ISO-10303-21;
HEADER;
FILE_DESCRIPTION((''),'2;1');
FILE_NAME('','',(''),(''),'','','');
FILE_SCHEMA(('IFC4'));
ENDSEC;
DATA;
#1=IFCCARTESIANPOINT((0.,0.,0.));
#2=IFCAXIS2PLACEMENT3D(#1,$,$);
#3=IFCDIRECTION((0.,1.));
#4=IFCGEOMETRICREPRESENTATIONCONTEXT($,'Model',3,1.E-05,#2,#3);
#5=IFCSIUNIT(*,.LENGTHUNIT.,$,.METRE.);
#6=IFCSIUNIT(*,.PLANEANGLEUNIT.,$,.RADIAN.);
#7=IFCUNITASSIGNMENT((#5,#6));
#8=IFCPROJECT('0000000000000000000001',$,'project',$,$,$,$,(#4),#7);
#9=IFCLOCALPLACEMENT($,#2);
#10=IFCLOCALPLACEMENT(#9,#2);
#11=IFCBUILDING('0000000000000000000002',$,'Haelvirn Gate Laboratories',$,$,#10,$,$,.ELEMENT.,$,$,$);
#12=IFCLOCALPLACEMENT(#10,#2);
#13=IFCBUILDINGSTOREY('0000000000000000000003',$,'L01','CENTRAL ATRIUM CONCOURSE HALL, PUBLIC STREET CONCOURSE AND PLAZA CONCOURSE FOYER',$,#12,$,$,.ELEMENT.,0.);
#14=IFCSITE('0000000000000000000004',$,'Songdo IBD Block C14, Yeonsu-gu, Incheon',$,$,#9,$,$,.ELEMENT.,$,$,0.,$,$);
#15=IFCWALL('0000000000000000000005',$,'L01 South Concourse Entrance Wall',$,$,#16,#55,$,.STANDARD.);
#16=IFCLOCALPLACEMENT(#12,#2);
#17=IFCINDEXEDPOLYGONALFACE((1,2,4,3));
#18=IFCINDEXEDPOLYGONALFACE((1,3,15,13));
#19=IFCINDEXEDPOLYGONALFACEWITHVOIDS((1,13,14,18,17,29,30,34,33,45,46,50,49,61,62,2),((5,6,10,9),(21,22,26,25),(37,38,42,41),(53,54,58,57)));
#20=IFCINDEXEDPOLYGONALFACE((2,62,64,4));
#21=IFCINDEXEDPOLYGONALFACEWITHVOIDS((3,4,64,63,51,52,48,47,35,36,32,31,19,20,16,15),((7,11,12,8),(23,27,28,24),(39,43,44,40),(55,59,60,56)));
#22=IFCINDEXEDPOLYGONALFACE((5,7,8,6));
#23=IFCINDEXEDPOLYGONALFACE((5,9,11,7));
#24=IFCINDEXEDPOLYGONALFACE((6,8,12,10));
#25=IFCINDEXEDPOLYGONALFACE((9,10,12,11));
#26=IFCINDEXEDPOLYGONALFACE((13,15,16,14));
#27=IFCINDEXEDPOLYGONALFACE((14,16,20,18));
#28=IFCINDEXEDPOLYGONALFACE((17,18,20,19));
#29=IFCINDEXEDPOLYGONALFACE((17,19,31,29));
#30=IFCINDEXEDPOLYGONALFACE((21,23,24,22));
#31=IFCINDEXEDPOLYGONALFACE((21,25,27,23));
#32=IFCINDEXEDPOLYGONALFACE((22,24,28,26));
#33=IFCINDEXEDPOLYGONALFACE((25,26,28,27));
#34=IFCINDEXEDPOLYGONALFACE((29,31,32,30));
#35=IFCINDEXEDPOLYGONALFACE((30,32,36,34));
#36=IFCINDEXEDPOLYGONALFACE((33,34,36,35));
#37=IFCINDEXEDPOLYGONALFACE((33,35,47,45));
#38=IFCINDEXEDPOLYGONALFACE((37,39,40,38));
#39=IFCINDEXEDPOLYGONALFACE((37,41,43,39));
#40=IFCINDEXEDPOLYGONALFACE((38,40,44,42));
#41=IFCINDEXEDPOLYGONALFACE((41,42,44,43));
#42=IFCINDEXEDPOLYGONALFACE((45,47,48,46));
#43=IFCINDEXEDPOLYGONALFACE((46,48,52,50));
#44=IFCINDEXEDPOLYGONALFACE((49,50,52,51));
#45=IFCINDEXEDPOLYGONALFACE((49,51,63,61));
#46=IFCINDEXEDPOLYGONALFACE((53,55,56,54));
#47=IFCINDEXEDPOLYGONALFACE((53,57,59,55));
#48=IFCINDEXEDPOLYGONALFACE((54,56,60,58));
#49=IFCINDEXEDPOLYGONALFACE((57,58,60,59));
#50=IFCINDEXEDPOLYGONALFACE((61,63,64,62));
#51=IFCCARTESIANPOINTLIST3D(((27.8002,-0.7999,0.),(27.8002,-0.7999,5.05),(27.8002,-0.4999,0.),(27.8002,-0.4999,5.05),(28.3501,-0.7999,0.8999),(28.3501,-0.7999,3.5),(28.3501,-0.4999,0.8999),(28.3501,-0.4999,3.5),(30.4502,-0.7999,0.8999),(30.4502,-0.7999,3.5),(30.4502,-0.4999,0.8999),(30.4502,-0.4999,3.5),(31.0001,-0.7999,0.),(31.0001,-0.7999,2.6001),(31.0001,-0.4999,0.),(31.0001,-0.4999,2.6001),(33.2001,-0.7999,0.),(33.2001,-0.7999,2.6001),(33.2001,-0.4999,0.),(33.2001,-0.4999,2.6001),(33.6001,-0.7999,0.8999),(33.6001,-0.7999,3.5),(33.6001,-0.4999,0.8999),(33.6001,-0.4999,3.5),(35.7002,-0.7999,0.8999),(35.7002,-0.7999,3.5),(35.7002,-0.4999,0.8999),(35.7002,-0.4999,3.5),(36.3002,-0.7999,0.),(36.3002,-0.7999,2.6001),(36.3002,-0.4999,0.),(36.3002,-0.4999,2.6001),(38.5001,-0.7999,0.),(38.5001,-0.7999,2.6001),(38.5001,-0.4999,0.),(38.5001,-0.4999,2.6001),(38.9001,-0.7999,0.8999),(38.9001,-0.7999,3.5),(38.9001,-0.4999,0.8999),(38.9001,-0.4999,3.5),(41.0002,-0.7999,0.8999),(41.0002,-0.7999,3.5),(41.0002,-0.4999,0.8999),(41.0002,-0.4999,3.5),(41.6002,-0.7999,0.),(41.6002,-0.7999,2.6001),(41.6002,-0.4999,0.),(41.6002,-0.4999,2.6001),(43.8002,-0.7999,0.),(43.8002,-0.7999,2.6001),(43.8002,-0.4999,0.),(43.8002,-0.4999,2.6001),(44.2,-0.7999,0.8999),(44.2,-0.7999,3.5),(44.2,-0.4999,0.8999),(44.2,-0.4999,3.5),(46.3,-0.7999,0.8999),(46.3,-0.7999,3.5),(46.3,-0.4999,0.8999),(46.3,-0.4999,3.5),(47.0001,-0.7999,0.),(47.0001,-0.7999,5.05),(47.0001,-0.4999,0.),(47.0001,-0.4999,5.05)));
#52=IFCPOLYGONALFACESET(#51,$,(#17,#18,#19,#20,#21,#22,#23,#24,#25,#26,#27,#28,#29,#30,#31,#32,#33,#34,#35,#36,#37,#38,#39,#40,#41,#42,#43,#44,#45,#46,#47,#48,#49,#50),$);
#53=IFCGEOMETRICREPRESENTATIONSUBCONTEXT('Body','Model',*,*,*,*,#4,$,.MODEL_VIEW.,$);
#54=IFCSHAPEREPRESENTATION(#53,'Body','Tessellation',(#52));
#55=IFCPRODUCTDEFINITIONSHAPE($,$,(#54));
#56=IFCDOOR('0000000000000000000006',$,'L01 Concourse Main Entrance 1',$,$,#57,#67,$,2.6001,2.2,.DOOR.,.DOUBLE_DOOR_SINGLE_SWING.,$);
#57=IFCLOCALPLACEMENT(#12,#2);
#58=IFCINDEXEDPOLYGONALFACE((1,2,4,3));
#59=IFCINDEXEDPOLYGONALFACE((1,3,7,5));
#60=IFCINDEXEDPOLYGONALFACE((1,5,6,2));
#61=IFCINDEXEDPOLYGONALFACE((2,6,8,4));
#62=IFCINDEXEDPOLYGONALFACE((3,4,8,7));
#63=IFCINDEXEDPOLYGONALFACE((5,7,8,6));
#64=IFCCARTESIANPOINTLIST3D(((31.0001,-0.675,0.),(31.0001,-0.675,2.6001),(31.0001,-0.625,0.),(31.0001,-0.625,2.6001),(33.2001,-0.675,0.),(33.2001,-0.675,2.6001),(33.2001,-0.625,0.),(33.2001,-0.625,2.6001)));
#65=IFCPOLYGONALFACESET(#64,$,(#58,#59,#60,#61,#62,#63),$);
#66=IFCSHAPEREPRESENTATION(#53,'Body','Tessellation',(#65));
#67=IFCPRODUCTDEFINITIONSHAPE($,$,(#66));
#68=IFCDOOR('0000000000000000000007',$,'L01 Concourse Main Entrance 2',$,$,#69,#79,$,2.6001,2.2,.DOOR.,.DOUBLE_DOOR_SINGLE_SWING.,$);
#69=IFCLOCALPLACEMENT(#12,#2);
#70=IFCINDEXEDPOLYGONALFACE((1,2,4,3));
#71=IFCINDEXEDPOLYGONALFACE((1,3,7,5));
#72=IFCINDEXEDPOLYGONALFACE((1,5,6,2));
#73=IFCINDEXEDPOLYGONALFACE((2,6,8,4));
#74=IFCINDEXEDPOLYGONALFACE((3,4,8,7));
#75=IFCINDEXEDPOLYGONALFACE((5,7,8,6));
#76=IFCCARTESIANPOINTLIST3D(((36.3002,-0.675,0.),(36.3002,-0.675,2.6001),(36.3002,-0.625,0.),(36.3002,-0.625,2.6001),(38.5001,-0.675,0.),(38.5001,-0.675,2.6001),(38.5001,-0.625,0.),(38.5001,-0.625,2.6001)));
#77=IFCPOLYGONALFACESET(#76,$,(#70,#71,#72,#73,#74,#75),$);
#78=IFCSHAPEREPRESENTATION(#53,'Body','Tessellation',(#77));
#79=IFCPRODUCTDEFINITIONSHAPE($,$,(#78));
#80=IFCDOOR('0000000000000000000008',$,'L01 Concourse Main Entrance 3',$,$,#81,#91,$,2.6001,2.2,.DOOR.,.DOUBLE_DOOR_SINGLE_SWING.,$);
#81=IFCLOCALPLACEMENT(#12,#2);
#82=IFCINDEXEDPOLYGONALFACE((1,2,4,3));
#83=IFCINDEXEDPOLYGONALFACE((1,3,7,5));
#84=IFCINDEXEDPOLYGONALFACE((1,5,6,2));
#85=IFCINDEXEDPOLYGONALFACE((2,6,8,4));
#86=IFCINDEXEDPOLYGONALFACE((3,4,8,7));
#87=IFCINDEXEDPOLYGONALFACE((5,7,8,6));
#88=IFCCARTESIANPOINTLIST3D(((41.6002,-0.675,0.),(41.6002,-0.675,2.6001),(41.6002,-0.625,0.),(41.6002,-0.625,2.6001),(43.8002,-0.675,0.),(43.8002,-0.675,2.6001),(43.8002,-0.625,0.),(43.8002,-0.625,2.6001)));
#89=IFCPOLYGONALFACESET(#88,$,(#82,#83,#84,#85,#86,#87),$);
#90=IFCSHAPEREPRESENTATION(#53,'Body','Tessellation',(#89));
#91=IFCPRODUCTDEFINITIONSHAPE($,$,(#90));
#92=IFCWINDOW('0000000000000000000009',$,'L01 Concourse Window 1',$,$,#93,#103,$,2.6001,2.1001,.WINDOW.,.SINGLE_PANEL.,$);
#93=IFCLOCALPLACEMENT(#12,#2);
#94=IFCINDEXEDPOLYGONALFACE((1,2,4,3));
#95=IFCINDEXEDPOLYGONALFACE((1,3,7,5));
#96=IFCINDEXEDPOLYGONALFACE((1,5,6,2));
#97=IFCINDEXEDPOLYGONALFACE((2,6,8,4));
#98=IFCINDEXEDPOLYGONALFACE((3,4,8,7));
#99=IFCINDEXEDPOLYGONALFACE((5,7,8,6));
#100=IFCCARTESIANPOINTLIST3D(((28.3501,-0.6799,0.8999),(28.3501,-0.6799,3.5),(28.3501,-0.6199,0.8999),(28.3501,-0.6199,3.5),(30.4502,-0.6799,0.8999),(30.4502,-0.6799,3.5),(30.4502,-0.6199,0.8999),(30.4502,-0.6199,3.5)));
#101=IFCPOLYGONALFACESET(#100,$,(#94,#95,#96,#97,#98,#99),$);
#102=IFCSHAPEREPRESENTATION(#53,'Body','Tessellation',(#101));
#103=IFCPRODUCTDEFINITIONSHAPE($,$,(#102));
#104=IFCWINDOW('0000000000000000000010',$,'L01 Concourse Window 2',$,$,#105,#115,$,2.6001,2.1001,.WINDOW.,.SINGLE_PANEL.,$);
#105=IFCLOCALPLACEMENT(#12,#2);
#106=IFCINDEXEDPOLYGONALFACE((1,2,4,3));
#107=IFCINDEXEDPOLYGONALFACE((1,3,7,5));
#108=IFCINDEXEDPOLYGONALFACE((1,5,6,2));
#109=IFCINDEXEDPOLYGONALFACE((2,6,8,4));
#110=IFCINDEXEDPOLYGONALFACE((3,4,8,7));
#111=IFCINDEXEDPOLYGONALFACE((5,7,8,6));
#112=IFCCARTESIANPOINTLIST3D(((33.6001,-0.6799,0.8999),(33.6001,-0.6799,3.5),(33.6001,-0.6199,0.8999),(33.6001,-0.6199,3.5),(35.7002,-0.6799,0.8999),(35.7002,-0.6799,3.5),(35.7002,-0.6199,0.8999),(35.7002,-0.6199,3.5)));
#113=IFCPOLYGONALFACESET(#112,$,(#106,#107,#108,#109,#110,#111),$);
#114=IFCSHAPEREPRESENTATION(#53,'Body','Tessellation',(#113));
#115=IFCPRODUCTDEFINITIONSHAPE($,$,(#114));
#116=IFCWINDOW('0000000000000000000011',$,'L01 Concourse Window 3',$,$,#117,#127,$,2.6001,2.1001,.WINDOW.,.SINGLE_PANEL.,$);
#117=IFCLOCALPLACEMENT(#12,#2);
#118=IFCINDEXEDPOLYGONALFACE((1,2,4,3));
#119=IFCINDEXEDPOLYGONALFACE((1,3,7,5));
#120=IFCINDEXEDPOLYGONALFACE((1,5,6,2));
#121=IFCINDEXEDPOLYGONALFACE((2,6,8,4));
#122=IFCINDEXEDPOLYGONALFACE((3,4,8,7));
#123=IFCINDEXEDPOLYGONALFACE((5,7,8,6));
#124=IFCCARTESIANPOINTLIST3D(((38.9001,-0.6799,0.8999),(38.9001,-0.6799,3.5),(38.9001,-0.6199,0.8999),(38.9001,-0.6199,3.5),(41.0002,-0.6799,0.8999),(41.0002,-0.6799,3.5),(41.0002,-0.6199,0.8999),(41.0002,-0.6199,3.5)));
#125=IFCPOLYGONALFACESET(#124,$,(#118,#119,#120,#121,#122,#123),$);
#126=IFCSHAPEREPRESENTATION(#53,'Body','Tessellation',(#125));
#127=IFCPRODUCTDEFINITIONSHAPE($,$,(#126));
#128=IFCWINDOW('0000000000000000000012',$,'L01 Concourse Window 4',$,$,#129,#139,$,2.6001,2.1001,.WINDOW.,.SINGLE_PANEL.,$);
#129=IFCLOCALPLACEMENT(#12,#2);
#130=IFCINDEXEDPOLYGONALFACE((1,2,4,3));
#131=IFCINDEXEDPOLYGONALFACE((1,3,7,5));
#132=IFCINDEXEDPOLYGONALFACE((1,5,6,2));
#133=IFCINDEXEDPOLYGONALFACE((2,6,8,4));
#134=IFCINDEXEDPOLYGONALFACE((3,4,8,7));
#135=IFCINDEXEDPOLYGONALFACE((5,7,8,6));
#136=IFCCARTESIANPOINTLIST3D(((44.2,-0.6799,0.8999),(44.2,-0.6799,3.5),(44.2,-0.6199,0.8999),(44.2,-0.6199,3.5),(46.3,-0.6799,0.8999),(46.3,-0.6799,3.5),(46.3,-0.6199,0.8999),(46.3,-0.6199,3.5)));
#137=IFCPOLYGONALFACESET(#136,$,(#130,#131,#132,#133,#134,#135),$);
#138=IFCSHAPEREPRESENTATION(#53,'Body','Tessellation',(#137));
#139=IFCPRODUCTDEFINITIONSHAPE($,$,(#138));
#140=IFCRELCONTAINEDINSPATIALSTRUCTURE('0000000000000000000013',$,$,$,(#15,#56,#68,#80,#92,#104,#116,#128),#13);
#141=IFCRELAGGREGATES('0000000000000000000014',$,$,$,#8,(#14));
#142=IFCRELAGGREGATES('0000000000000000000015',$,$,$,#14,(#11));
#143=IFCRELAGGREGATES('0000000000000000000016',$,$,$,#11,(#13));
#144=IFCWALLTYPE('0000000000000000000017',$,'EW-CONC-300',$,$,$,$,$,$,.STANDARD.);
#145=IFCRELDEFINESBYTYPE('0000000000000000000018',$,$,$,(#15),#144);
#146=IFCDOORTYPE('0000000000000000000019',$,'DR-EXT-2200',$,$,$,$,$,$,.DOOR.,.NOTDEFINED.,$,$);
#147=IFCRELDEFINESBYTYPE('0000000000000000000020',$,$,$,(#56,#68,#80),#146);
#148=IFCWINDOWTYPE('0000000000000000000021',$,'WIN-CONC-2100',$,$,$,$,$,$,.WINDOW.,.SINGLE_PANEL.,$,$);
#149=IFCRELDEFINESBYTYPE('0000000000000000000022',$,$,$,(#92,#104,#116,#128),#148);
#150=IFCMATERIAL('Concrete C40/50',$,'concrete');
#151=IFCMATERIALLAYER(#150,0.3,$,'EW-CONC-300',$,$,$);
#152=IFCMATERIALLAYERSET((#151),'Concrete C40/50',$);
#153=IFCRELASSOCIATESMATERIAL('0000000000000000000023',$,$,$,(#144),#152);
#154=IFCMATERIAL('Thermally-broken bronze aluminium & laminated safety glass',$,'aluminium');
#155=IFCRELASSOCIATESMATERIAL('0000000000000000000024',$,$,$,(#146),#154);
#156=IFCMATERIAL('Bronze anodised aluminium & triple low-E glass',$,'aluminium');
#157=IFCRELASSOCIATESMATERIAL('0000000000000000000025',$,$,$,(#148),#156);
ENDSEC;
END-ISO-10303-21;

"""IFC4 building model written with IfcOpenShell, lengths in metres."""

from ifc_helpers import new_model, si_unit, direction, frame, frame_2d, origin, place, context, subcontext, project, spatial, rectangle, extrude, source, transform, mapped, material, layer, layer_set, type_object, type_shapes, element, fill, save


model = new_model("IFC4")

# Units and contexts
model_context = context("Model", 3, precision=1e-05, world=origin(), true_north=direction((0.0, 1.0)))
body_context = subcontext(model_context, "Body", "Model", "MODEL_VIEW")
ifc_project = project(units=[si_unit("LENGTHUNIT", "METRE"), si_unit("PLANEANGLEUNIT", "RADIAN")], contexts=[model_context])

# Site, building, storey
site_placement = place(None, origin())
site = spatial("IfcSite", under=ifc_project, at=site_placement, Name="Songdo IBD Block C14, Yeonsu-gu, Incheon", CompositionType="ELEMENT", RefElevation=0.0)
building_placement = place(site_placement, origin())
building = spatial("IfcBuilding", under=site, at=building_placement, Name="Haelvirn Gate Laboratories", CompositionType="ELEMENT")
storey_placement = place(building_placement, origin())
storey = spatial("IfcBuildingStorey", under=building, at=storey_placement, Name="L01", Description="CENTRAL ATRIUM CONCOURSE HALL, PUBLIC STREET CONCOURSE AND PLAZA CONCOURSE FOYER", CompositionType="ELEMENT", Elevation=0.0)

# Wall, openings, doors, windows
ifc_material_1 = material(Name="Concrete C40/50", Category="concrete")
ifc_layer_1 = layer(ifc_material_1, 0.3, Name="EW-CONC-300")
ifc_layer_set_1 = layer_set([ifc_layer_1], Name="Concrete C40/50")
wall_type_1 = type_object("IfcWallType", Name="EW-CONC-300", PredefinedType="STANDARD", material=ifc_layer_set_1)
wall_1_placement = place(storey_placement, frame((27.8, -0.6499, 0.0), z_axis=(0.0, 0.0, 1.0), x_axis=(1.0, 0.0, 0.0)))
wall_1 = element("IfcWall", 1, at=wall_1_placement, inside=storey, type_object=wall_type_1, Name="L01 South Concourse Entrance Wall", PredefinedType="STANDARD", context=body_context, shape_type="SweptSolid", body=[
    extrude(rectangle(XDim=19.2, YDim=0.3, at=frame_2d((9.6001, 0.0))), origin(), (0.0, 0.0, 1.0), 5.05),
])
opening_1_placement = place(wall_1_placement, frame((3.2, 0.0, 0.0)))
opening_1 = element("IfcOpeningElement", 2, at=opening_1_placement, cuts=wall_1, PredefinedType="OPENING", context=body_context, shape_type="SweptSolid", body=[
    extrude(rectangle(XDim=2.2, YDim=2.6001, at=frame_2d((1.1001, 1.3))), frame((0.0, 0.1602, 0.0), z_axis=(0.0, -1.0, 0.0), x_axis=(1.0, 0.0, 0.0)), (0.0, 0.0, 1.0), 0.3201),
])
opening_2_placement = place(wall_1_placement, frame((8.5, 0.0, 0.0)))
opening_2 = element("IfcOpeningElement", 3, at=opening_2_placement, cuts=wall_1, PredefinedType="OPENING", context=body_context, shape_type="SweptSolid", body=[
    extrude(rectangle(XDim=2.2, YDim=2.6001, at=frame_2d((1.1001, 1.3))), frame((0.0, 0.1602, 0.0), z_axis=(0.0, -1.0, 0.0), x_axis=(1.0, 0.0, 0.0)), (0.0, 0.0, 1.0), 0.3201),
])
opening_3_placement = place(wall_1_placement, frame((13.8, 0.0, 0.0)))
opening_3 = element("IfcOpeningElement", 4, at=opening_3_placement, cuts=wall_1, PredefinedType="OPENING", context=body_context, shape_type="SweptSolid", body=[
    extrude(rectangle(XDim=2.2, YDim=2.6001, at=frame_2d((1.1001, 1.3))), frame((0.0, 0.1602, 0.0), z_axis=(0.0, -1.0, 0.0), x_axis=(1.0, 0.0, 0.0)), (0.0, 0.0, 1.0), 0.3201),
])
opening_4_placement = place(wall_1_placement, frame((0.55, 0.0, 0.8999)))
opening_4 = element("IfcOpeningElement", 5, at=opening_4_placement, cuts=wall_1, PredefinedType="OPENING", context=body_context, shape_type="SweptSolid", body=[
    extrude(rectangle(XDim=2.1001, YDim=2.6001, at=frame_2d((1.05, 1.3))), frame((0.0, 0.1602, 0.0), z_axis=(0.0, -1.0, 0.0), x_axis=(1.0, 0.0, 0.0)), (0.0, 0.0, 1.0), 0.3201),
])
opening_5_placement = place(wall_1_placement, frame((5.8, 0.0, 0.8999)))
opening_5 = element("IfcOpeningElement", 6, at=opening_5_placement, cuts=wall_1, PredefinedType="OPENING", context=body_context, shape_type="SweptSolid", body=[
    extrude(rectangle(XDim=2.1001, YDim=2.6001, at=frame_2d((1.05, 1.3))), frame((0.0, 0.1602, 0.0), z_axis=(0.0, -1.0, 0.0), x_axis=(1.0, 0.0, 0.0)), (0.0, 0.0, 1.0), 0.3201),
])
opening_6_placement = place(wall_1_placement, frame((11.1001, 0.0, 0.8999)))
opening_6 = element("IfcOpeningElement", 7, at=opening_6_placement, cuts=wall_1, PredefinedType="OPENING", context=body_context, shape_type="SweptSolid", body=[
    extrude(rectangle(XDim=2.1001, YDim=2.6001, at=frame_2d((1.05, 1.3))), frame((0.0, 0.1602, 0.0), z_axis=(0.0, -1.0, 0.0), x_axis=(1.0, 0.0, 0.0)), (0.0, 0.0, 1.0), 0.3201),
])
opening_7_placement = place(wall_1_placement, frame((16.3999, 0.0, 0.8999)))
opening_7 = element("IfcOpeningElement", 8, at=opening_7_placement, cuts=wall_1, PredefinedType="OPENING", context=body_context, shape_type="SweptSolid", body=[
    extrude(rectangle(XDim=2.1001, YDim=2.6001, at=frame_2d((1.05, 1.3))), frame((0.0, 0.1602, 0.0), z_axis=(0.0, -1.0, 0.0), x_axis=(1.0, 0.0, 0.0)), (0.0, 0.0, 1.0), 0.3201),
])
ifc_material_2 = material(Name="Thermally-broken bronze aluminium & laminated safety glass", Category="aluminium")
door_type_1 = type_object("IfcDoorType", Name="DR-EXT-2200", OperationType="NOTDEFINED", PredefinedType="DOOR", material=ifc_material_2)
shared_shape_1 = source(origin(), body_context, "Body", "SweptSolid", [
    extrude(rectangle(XDim=2.2, YDim=2.6001, at=frame_2d((1.1001, 1.3))), frame((0.0, 0.0249, 0.0), z_axis=(0.0, -1.0, 0.0), x_axis=(1.0, 0.0, 0.0)), (0.0, 0.0, 1.0), 0.05),
])
type_shapes(door_type_1, [shared_shape_1])
door_1_placement = place(opening_1_placement, origin())
door_1 = element("IfcDoor", 9, at=door_1_placement, inside=storey, type_object=door_type_1, Name="L01 Concourse Main Entrance 1", OperationType="DOUBLE_DOOR_SINGLE_SWING", OverallHeight=2.6001, OverallWidth=2.2, PredefinedType="DOOR", context=body_context, shape_type="MappedRepresentation", body=[
    mapped(shared_shape_1, transform((0.0, 0.0, 0.0), scale=1.0)),
])
fill(opening_1, door_1)
door_2_placement = place(opening_2_placement, origin())
door_2 = element("IfcDoor", 10, at=door_2_placement, inside=storey, type_object=door_type_1, Name="L01 Concourse Main Entrance 2", OperationType="DOUBLE_DOOR_SINGLE_SWING", OverallHeight=2.6001, OverallWidth=2.2, PredefinedType="DOOR", context=body_context, shape_type="MappedRepresentation", body=[
    mapped(shared_shape_1, transform((0.0, 0.0, 0.0), scale=1.0)),
])
fill(opening_2, door_2)
door_3_placement = place(opening_3_placement, origin())
door_3 = element("IfcDoor", 11, at=door_3_placement, inside=storey, type_object=door_type_1, Name="L01 Concourse Main Entrance 3", OperationType="DOUBLE_DOOR_SINGLE_SWING", OverallHeight=2.6001, OverallWidth=2.2, PredefinedType="DOOR", context=body_context, shape_type="MappedRepresentation", body=[
    mapped(shared_shape_1, transform((0.0, 0.0, 0.0), scale=1.0)),
])
fill(opening_3, door_3)
ifc_material_3 = material(Name="Bronze anodised aluminium & triple low-E glass", Category="aluminium")
window_type = type_object("IfcWindowType", Name="WIN-CONC-2100", PartitioningType="SINGLE_PANEL", PredefinedType="WINDOW", material=ifc_material_3)
shared_shape_2 = source(origin(), body_context, "Body", "SweptSolid", [
    extrude(rectangle(XDim=2.1001, YDim=2.6001, at=frame_2d((1.05, 1.3))), frame((0.0, 0.03, 0.0), z_axis=(0.0, -1.0, 0.0), x_axis=(1.0, 0.0, 0.0)), (0.0, 0.0, 1.0), 0.0601),
])
type_shapes(window_type, [shared_shape_2])
window_1_placement = place(opening_4_placement, origin())
window_1 = element("IfcWindow", 12, at=window_1_placement, inside=storey, type_object=window_type, Name="L01 Concourse Window 1", OverallHeight=2.6001, OverallWidth=2.1001, PartitioningType="SINGLE_PANEL", PredefinedType="WINDOW", context=body_context, shape_type="MappedRepresentation", body=[
    mapped(shared_shape_2, transform((0.0, 0.0, 0.0), scale=1.0)),
])
fill(opening_4, window_1)
window_2_placement = place(opening_5_placement, origin())
window_2 = element("IfcWindow", 13, at=window_2_placement, inside=storey, type_object=window_type, Name="L01 Concourse Window 2", OverallHeight=2.6001, OverallWidth=2.1001, PartitioningType="SINGLE_PANEL", PredefinedType="WINDOW", context=body_context, shape_type="MappedRepresentation", body=[
    mapped(shared_shape_2, transform((0.0, 0.0, 0.0), scale=1.0)),
])
fill(opening_5, window_2)
window_3_placement = place(opening_6_placement, origin())
window_3 = element("IfcWindow", 14, at=window_3_placement, inside=storey, type_object=window_type, Name="L01 Concourse Window 3", OverallHeight=2.6001, OverallWidth=2.1001, PartitioningType="SINGLE_PANEL", PredefinedType="WINDOW", context=body_context, shape_type="MappedRepresentation", body=[
    mapped(shared_shape_2, transform((0.0, 0.0, 0.0), scale=1.0)),
])
fill(opening_6, window_3)
window_4_placement = place(opening_7_placement, origin())
window_4 = element("IfcWindow", 15, at=window_4_placement, inside=storey, type_object=window_type, Name="L01 Concourse Window 4", OverallHeight=2.6001, OverallWidth=2.1001, PartitioningType="SINGLE_PANEL", PredefinedType="WINDOW", context=body_context, shape_type="MappedRepresentation", body=[
    mapped(shared_shape_2, transform((0.0, 0.0, 0.0), scale=1.0)),
])
fill(opening_7, window_4)

save(model, "model.ifc")
